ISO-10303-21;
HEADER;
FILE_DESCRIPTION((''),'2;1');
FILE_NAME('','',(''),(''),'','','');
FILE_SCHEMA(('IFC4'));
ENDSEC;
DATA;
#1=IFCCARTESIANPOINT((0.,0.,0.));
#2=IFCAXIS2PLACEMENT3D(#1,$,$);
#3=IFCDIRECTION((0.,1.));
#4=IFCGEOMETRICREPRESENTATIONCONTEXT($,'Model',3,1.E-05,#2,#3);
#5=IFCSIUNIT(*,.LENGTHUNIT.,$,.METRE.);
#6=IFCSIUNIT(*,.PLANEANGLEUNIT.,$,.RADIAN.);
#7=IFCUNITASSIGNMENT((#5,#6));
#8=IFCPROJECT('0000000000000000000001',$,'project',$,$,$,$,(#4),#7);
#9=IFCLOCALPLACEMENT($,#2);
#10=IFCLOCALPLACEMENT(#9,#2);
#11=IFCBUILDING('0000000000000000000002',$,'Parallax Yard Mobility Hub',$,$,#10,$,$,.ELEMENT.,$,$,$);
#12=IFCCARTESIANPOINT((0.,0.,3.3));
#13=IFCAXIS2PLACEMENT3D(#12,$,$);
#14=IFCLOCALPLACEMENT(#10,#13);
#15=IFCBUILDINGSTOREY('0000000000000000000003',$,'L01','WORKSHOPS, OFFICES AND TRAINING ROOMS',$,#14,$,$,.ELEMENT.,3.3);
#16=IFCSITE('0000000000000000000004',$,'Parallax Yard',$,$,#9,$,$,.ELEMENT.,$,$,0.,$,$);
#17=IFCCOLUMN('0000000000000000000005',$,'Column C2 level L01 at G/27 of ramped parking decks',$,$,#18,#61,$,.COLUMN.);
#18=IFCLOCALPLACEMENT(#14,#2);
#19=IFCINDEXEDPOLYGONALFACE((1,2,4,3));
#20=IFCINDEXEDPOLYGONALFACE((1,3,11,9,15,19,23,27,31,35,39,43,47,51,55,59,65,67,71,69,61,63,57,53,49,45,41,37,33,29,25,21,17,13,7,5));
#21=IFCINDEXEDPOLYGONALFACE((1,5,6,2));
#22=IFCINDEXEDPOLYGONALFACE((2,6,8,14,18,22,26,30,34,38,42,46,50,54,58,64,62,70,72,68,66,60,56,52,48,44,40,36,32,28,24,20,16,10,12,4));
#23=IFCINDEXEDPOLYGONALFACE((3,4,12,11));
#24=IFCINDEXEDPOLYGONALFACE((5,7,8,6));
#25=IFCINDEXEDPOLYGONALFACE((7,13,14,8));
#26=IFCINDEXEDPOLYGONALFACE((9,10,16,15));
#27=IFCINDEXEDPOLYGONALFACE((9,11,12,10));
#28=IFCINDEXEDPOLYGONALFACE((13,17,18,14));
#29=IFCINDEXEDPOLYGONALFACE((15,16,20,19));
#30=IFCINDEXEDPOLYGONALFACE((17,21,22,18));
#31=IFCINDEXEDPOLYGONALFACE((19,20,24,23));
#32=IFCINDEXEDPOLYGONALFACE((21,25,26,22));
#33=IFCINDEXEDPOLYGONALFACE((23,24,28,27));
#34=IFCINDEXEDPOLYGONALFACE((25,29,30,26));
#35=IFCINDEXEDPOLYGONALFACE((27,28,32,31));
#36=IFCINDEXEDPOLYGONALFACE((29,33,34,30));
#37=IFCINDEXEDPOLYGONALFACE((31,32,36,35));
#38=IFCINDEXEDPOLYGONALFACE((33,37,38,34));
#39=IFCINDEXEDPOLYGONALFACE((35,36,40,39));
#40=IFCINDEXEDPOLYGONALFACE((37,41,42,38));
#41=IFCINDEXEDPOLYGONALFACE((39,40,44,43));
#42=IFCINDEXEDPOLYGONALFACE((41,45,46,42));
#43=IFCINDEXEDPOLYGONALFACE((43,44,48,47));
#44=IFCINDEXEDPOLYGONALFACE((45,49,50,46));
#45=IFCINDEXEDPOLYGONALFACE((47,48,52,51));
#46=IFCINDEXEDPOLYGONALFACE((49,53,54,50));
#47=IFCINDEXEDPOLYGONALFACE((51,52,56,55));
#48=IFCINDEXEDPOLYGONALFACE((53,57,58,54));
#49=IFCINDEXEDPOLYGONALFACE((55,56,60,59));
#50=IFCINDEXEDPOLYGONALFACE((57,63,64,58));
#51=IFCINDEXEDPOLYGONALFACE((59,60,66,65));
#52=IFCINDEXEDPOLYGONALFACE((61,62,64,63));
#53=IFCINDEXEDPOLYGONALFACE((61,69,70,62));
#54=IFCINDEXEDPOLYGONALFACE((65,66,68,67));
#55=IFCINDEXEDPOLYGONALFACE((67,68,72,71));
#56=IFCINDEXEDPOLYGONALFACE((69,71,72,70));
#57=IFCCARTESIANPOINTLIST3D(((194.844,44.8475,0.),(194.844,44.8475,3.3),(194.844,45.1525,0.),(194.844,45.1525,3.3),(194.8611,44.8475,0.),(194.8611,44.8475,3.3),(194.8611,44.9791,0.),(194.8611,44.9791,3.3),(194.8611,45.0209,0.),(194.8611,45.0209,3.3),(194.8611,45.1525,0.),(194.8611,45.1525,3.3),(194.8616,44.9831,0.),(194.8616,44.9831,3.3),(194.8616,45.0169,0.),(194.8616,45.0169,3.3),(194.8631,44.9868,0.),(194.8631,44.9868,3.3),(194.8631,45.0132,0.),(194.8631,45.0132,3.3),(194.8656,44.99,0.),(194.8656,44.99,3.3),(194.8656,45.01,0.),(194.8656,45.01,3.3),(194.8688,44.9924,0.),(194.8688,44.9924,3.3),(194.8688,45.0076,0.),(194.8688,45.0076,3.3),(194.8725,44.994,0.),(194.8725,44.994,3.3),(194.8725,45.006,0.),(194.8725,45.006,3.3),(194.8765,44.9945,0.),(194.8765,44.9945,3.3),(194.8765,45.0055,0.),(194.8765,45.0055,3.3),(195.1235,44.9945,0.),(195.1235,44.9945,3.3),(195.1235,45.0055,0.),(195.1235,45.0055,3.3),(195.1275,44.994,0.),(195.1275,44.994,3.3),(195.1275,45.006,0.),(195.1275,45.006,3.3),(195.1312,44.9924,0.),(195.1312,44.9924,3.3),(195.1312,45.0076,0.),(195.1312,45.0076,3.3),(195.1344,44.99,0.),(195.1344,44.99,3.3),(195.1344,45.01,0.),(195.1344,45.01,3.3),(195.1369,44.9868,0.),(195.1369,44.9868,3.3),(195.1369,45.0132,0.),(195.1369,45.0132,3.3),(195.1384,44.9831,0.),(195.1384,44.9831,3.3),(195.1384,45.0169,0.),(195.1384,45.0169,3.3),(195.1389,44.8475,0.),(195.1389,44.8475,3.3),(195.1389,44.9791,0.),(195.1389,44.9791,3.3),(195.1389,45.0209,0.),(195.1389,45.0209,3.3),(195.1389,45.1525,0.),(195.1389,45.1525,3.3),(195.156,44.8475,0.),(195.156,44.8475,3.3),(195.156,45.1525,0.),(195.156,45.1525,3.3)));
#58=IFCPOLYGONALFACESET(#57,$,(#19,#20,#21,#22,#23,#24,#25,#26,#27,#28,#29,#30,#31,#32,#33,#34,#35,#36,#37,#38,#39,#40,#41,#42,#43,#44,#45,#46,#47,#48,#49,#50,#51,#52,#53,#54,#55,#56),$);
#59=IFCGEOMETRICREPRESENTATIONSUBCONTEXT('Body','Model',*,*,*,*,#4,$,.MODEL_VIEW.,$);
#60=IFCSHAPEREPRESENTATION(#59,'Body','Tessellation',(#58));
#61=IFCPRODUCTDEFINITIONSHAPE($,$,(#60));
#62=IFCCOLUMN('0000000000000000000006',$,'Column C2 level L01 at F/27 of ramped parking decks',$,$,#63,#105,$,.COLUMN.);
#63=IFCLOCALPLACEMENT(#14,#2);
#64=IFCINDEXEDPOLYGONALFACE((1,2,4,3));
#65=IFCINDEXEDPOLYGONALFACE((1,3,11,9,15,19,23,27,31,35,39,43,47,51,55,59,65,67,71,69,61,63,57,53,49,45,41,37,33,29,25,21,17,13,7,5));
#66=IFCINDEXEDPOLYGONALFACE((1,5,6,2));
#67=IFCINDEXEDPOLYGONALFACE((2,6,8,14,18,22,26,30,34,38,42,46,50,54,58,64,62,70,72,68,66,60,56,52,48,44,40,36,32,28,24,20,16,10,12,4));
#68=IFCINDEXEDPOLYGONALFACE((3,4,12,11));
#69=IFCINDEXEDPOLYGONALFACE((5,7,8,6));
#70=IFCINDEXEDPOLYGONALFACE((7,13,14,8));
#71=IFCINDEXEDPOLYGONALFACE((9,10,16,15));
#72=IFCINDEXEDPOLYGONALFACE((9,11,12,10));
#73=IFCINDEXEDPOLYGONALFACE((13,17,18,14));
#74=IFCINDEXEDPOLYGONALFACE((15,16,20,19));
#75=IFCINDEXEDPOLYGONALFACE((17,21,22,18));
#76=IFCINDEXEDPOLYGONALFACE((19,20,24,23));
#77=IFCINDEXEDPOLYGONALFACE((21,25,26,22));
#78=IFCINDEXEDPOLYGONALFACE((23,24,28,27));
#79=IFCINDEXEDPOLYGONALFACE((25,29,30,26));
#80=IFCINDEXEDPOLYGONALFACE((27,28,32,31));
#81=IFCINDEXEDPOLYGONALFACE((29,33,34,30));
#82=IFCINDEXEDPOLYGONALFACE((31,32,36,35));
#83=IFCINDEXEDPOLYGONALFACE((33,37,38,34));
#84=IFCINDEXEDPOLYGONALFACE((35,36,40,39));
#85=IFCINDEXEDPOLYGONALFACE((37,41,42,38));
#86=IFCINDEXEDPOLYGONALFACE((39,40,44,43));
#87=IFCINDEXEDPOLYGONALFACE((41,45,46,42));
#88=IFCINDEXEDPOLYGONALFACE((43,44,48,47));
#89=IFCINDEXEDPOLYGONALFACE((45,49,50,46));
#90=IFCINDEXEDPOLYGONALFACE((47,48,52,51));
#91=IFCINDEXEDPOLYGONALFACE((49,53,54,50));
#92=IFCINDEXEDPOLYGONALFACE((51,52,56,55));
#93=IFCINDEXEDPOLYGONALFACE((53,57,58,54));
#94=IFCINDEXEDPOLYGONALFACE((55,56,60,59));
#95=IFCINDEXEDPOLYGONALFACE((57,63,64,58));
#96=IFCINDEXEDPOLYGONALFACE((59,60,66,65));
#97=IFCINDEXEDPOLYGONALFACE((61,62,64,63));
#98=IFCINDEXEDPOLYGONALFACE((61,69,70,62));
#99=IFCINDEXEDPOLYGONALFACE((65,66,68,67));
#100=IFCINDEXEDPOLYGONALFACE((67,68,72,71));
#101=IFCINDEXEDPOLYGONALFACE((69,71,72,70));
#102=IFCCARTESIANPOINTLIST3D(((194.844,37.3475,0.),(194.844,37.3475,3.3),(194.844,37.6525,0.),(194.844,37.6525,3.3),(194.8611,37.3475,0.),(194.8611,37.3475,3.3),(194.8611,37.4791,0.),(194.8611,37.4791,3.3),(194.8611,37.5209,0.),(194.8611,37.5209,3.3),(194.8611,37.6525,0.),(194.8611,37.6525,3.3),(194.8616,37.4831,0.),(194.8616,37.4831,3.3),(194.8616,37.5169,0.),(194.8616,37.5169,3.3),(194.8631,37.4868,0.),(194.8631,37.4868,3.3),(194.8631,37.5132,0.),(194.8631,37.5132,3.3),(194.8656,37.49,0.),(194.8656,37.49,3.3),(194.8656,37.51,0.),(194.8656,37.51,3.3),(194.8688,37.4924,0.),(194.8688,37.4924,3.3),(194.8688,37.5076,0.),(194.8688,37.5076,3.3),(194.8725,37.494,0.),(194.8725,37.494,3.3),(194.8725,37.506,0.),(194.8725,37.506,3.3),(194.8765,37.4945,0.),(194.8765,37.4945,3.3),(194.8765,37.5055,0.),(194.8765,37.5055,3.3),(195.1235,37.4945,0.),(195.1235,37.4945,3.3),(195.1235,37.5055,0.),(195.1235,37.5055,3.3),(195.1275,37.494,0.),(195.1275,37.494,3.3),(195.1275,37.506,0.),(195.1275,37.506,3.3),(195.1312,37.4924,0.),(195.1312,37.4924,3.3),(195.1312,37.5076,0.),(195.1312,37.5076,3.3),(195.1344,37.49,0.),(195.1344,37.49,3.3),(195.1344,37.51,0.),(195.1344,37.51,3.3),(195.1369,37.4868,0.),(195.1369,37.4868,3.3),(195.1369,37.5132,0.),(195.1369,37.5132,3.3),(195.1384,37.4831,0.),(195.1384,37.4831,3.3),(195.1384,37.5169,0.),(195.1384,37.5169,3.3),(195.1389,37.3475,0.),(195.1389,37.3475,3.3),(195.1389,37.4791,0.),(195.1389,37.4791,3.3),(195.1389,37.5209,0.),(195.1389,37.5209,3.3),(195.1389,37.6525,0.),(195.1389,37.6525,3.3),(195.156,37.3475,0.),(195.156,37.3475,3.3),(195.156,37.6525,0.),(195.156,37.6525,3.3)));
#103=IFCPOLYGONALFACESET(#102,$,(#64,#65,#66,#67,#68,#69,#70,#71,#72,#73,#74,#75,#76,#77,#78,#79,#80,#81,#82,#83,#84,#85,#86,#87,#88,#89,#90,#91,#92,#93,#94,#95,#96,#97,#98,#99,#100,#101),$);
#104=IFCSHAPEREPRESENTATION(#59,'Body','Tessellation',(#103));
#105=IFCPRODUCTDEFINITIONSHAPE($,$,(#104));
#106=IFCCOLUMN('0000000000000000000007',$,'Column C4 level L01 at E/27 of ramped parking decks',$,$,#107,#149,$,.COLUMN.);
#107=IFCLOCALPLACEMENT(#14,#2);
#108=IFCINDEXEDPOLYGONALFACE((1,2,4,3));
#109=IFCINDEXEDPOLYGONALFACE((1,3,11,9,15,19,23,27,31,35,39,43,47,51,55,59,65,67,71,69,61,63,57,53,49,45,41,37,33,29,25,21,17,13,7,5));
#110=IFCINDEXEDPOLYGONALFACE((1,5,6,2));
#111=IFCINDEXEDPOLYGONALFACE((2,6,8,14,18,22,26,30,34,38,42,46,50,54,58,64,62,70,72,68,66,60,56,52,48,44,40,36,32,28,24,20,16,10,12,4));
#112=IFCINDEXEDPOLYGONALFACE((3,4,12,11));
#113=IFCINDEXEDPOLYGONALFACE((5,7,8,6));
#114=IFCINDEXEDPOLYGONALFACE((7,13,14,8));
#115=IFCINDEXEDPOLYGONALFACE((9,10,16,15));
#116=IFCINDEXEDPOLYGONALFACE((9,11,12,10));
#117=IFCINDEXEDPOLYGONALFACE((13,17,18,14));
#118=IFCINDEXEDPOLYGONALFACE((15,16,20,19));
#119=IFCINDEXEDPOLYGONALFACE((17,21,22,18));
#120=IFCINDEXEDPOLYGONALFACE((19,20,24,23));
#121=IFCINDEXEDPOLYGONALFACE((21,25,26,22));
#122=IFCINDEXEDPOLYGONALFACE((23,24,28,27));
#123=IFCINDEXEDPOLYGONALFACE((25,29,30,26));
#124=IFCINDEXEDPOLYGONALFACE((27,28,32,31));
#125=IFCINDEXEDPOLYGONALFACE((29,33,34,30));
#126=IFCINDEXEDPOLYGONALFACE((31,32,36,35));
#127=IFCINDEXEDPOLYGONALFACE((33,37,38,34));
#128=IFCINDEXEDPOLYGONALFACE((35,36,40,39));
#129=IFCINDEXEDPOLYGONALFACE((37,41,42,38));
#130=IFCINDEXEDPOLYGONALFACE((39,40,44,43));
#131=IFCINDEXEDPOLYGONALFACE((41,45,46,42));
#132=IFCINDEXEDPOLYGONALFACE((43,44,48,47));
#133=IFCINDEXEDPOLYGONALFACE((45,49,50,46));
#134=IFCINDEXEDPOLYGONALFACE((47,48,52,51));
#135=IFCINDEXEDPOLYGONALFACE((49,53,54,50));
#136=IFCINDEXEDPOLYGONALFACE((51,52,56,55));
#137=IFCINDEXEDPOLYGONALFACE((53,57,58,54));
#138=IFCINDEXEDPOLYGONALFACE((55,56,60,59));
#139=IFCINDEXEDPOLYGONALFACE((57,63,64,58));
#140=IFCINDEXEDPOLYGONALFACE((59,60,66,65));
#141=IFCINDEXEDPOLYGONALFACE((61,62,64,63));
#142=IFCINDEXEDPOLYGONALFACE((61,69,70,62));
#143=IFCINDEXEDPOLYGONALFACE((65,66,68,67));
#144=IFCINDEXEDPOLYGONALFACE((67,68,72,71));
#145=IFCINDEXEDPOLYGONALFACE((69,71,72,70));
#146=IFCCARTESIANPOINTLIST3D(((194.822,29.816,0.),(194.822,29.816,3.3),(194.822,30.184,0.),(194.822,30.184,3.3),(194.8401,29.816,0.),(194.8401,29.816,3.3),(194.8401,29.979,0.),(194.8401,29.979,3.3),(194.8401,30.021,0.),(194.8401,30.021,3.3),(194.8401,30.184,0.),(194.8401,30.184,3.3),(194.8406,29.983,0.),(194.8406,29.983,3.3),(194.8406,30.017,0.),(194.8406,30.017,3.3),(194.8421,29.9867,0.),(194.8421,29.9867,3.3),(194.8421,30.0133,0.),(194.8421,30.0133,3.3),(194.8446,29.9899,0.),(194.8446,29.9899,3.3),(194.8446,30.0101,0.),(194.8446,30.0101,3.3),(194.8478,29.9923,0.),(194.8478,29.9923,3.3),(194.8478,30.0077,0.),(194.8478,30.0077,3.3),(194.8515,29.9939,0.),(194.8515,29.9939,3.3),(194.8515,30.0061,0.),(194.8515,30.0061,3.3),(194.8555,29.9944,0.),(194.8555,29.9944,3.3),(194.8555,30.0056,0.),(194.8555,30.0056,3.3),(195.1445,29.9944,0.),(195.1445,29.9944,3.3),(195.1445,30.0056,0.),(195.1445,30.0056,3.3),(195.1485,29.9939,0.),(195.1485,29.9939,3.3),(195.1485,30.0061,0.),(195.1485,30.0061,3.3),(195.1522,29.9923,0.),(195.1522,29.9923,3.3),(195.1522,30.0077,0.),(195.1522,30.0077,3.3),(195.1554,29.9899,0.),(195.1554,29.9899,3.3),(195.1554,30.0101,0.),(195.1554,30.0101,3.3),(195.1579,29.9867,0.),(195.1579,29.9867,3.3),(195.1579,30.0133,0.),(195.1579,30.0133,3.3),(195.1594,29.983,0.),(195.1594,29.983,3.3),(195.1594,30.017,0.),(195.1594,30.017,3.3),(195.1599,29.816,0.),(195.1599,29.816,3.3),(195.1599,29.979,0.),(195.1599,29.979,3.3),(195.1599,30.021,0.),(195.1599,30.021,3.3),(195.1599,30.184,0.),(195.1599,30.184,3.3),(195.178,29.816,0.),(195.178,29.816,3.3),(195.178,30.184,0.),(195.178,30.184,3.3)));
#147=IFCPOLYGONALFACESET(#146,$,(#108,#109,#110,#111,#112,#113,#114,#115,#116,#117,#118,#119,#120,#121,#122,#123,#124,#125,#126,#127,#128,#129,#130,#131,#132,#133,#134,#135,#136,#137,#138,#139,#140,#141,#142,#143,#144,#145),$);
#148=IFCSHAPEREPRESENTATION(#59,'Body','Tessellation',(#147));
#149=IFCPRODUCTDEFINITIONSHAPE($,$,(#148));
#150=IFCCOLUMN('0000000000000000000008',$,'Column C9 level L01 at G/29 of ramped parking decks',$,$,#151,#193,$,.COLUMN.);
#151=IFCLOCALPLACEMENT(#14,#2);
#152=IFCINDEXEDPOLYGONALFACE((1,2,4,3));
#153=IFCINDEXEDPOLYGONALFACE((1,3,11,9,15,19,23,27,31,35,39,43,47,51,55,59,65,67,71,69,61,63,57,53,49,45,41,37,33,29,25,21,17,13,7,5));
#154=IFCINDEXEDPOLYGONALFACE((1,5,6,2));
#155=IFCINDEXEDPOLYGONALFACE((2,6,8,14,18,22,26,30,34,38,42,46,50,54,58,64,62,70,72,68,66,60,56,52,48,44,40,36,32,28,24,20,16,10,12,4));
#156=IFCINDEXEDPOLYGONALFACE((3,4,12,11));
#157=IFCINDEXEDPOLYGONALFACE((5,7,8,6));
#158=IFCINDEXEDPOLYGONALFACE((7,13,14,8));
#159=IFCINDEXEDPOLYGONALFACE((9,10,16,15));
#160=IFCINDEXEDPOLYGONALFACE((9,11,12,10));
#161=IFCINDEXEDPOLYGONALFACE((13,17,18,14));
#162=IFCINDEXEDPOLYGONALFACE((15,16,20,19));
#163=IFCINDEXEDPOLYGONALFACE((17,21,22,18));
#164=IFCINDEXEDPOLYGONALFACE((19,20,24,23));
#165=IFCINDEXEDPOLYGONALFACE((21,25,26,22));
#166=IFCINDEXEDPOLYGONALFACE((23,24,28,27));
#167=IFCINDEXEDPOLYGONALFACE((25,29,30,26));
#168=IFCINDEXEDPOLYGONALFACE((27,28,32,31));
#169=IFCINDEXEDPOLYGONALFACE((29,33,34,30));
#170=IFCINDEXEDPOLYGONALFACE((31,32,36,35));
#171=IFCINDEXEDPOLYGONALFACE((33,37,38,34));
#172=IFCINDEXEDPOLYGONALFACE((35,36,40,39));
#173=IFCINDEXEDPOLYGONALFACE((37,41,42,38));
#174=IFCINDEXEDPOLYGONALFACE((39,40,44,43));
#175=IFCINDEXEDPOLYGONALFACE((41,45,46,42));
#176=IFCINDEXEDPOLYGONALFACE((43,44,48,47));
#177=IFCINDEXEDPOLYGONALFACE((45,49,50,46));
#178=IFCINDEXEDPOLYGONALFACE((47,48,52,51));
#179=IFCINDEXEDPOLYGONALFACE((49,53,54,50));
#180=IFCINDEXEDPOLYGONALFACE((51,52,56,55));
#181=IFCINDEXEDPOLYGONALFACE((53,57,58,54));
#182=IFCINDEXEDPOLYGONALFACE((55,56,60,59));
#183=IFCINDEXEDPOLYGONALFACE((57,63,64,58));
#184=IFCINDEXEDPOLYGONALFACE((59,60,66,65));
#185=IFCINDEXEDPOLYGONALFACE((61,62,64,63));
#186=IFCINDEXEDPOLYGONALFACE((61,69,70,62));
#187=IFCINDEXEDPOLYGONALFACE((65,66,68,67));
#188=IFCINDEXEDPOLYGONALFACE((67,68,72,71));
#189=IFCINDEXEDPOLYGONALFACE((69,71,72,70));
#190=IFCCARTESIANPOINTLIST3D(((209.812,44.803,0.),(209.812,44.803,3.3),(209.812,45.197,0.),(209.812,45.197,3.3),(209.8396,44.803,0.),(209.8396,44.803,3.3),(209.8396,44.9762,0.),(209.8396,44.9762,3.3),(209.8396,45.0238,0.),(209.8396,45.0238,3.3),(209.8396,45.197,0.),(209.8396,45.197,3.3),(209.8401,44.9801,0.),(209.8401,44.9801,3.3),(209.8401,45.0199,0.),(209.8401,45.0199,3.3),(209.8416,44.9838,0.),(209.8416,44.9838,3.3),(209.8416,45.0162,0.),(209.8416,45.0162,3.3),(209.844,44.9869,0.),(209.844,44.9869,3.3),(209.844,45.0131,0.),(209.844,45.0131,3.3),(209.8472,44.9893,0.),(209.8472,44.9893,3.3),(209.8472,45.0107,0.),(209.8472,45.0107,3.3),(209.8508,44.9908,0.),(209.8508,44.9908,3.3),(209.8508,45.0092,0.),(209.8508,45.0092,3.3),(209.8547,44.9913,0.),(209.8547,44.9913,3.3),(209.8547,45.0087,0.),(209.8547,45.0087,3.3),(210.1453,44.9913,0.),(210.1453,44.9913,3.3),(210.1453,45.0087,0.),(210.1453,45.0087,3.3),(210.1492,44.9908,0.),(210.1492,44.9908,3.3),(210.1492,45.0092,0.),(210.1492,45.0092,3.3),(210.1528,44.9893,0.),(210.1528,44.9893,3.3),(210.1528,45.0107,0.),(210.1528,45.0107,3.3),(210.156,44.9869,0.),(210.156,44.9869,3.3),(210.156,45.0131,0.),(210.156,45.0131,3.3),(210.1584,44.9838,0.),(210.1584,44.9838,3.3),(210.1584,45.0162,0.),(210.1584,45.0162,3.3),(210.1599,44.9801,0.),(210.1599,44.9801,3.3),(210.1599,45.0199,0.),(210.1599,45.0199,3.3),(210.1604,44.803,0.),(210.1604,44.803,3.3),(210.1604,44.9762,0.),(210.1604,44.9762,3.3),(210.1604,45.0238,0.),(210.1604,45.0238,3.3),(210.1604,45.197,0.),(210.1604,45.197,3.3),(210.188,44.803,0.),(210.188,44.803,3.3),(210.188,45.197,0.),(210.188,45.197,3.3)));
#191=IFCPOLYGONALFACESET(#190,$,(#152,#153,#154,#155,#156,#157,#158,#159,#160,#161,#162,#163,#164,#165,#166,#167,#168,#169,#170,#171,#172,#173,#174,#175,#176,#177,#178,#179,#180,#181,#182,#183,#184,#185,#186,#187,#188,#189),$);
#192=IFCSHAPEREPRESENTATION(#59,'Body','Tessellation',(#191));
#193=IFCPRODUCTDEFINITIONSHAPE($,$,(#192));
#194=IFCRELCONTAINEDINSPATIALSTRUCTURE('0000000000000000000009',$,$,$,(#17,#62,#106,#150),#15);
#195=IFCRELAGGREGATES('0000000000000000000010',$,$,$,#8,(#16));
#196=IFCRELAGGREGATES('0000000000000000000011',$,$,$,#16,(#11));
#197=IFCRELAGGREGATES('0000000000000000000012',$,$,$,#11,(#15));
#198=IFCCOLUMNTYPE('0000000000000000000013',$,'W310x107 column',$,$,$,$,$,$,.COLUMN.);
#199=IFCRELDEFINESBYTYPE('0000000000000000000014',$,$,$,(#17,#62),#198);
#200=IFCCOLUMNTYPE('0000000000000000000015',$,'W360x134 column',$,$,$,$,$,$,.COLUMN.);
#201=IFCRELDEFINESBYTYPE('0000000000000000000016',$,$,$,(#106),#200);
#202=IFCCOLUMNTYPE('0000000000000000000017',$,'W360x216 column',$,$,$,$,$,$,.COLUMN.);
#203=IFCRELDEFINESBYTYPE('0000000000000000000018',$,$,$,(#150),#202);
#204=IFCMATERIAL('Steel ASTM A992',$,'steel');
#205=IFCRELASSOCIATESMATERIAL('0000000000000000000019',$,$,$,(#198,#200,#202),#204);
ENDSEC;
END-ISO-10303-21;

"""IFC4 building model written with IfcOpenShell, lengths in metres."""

from ifc_helpers import new_model, si_unit, direction, frame, origin, origin_2d, place, context, subcontext, project, spatial, i_section, extrude, material, material_profile, profile_set, type_object, element, save


model = new_model("IFC4")

# Units and contexts
model_context = context("Model", 3, precision=1e-05, world=origin(), true_north=direction((0.0, 1.0)))
body_context = subcontext(model_context, "Body", "Model", "MODEL_VIEW")
ifc_project = project(units=[si_unit("LENGTHUNIT", "METRE"), si_unit("PLANEANGLEUNIT", "RADIAN")], contexts=[model_context])

# Site, building, storey
site_placement = place(None, origin())
site = spatial("IfcSite", under=ifc_project, at=site_placement, Name="Parallax Yard", CompositionType="ELEMENT", RefElevation=0.0)
building_placement = place(site_placement, origin())
building = spatial("IfcBuilding", under=site, at=building_placement, Name="Parallax Yard Mobility Hub", CompositionType="ELEMENT")
storey_placement = place(building_placement, frame((0.0, 0.0, 3.3)))
storey = spatial("IfcBuildingStorey", under=building, at=storey_placement, Name="L01", Description="WORKSHOPS, OFFICES AND TRAINING ROOMS", CompositionType="ELEMENT", Elevation=3.3)

# Columns
ifc_material_1 = material(Name="Steel ASTM A992", Category="steel")
ifc_material_profile_1 = material_profile(ifc_material_1, i_section(OverallWidth=0.3049, OverallDepth=0.312, WebThickness=0.011, FlangeThickness=0.0171, FilletRadius=0.0154, at=origin_2d()), Name="W310x107")
ifc_profile_set_1 = profile_set([ifc_material_profile_1], Name="Steel ASTM A992")
column_type_1 = type_object("IfcColumnType", Name="W310x107 column", PredefinedType="COLUMN", material=ifc_profile_set_1)
for number, where, z_axis, x_axis, name in (
    (1, (195.0, 45.0, 0.0), (0.0, 0.0, 1.0), (0.0, 1.0, 0.0), "Column C2 level L01 at G/27 of ramped parking decks"),
    (2, (195.0, 37.5, 0.0), (0.0, 0.0, 1.0), (0.0, 1.0, 0.0), "Column C2 level L01 at F/27 of ramped parking decks"),
):
    element("IfcColumn", number, at=place(storey_placement, frame(where, z_axis=z_axis, x_axis=x_axis)), inside=storey, type_object=column_type_1, Name=name, PredefinedType="COLUMN", context=body_context, shape_type="SweptSolid", body=[
        extrude(i_section(OverallWidth=0.3049, OverallDepth=0.312, WebThickness=0.011, FlangeThickness=0.0171, FilletRadius=0.0154, at=origin_2d()), origin(), (0.0, 0.0, 1.0), 3.3),
    ])
ifc_material_profile_2 = material_profile(ifc_material_1, i_section(OverallWidth=0.3679, OverallDepth=0.356, WebThickness=0.0112, FlangeThickness=0.0181, FilletRadius=0.0154, at=origin_2d()), Name="W360x134")
ifc_profile_set_2 = profile_set([ifc_material_profile_2], Name="Steel ASTM A992")
column_type_2 = type_object("IfcColumnType", Name="W360x134 column", PredefinedType="COLUMN", material=ifc_profile_set_2)
column_1_placement = place(storey_placement, frame((195.0, 30.0, 0.0), z_axis=(0.0, 0.0, 1.0), x_axis=(0.0, 1.0, 0.0)))
element("IfcColumn", 3, at=column_1_placement, inside=storey, type_object=column_type_2, Name="Column C4 level L01 at E/27 of ramped parking decks", PredefinedType="COLUMN", context=body_context, shape_type="SweptSolid", body=[
    extrude(i_section(OverallWidth=0.3679, OverallDepth=0.356, WebThickness=0.0112, FlangeThickness=0.0181, FilletRadius=0.0154, at=origin_2d()), origin(), (0.0, 0.0, 1.0), 3.3),
])
ifc_material_profile_3 = material_profile(ifc_material_1, i_section(OverallWidth=0.394, OverallDepth=0.376, WebThickness=0.0173, FlangeThickness=0.0276, FilletRadius=0.0151, at=origin_2d()), Name="W360x216")
ifc_profile_set_3 = profile_set([ifc_material_profile_3], Name="Steel ASTM A992")
column_type_3 = type_object("IfcColumnType", Name="W360x216 column", PredefinedType="COLUMN", material=ifc_profile_set_3)
for number, where, z_axis, x_axis, name in (
    (4, (210.0, 45.0, 0.0), (0.0, 0.0, 1.0), (0.0, 1.0, 0.0), "Column C9 level L01 at G/29 of ramped parking decks"),
):
    element("IfcColumn", number, at=place(storey_placement, frame(where, z_axis=z_axis, x_axis=x_axis)), inside=storey, type_object=column_type_3, Name=name, PredefinedType="COLUMN", context=body_context, shape_type="SweptSolid", body=[
        extrude(i_section(OverallWidth=0.394, OverallDepth=0.376, WebThickness=0.0173, FlangeThickness=0.0276, FilletRadius=0.0151, at=origin_2d()), origin(), (0.0, 0.0, 1.0), 3.3),
    ])

save(model, "model.ifc")
